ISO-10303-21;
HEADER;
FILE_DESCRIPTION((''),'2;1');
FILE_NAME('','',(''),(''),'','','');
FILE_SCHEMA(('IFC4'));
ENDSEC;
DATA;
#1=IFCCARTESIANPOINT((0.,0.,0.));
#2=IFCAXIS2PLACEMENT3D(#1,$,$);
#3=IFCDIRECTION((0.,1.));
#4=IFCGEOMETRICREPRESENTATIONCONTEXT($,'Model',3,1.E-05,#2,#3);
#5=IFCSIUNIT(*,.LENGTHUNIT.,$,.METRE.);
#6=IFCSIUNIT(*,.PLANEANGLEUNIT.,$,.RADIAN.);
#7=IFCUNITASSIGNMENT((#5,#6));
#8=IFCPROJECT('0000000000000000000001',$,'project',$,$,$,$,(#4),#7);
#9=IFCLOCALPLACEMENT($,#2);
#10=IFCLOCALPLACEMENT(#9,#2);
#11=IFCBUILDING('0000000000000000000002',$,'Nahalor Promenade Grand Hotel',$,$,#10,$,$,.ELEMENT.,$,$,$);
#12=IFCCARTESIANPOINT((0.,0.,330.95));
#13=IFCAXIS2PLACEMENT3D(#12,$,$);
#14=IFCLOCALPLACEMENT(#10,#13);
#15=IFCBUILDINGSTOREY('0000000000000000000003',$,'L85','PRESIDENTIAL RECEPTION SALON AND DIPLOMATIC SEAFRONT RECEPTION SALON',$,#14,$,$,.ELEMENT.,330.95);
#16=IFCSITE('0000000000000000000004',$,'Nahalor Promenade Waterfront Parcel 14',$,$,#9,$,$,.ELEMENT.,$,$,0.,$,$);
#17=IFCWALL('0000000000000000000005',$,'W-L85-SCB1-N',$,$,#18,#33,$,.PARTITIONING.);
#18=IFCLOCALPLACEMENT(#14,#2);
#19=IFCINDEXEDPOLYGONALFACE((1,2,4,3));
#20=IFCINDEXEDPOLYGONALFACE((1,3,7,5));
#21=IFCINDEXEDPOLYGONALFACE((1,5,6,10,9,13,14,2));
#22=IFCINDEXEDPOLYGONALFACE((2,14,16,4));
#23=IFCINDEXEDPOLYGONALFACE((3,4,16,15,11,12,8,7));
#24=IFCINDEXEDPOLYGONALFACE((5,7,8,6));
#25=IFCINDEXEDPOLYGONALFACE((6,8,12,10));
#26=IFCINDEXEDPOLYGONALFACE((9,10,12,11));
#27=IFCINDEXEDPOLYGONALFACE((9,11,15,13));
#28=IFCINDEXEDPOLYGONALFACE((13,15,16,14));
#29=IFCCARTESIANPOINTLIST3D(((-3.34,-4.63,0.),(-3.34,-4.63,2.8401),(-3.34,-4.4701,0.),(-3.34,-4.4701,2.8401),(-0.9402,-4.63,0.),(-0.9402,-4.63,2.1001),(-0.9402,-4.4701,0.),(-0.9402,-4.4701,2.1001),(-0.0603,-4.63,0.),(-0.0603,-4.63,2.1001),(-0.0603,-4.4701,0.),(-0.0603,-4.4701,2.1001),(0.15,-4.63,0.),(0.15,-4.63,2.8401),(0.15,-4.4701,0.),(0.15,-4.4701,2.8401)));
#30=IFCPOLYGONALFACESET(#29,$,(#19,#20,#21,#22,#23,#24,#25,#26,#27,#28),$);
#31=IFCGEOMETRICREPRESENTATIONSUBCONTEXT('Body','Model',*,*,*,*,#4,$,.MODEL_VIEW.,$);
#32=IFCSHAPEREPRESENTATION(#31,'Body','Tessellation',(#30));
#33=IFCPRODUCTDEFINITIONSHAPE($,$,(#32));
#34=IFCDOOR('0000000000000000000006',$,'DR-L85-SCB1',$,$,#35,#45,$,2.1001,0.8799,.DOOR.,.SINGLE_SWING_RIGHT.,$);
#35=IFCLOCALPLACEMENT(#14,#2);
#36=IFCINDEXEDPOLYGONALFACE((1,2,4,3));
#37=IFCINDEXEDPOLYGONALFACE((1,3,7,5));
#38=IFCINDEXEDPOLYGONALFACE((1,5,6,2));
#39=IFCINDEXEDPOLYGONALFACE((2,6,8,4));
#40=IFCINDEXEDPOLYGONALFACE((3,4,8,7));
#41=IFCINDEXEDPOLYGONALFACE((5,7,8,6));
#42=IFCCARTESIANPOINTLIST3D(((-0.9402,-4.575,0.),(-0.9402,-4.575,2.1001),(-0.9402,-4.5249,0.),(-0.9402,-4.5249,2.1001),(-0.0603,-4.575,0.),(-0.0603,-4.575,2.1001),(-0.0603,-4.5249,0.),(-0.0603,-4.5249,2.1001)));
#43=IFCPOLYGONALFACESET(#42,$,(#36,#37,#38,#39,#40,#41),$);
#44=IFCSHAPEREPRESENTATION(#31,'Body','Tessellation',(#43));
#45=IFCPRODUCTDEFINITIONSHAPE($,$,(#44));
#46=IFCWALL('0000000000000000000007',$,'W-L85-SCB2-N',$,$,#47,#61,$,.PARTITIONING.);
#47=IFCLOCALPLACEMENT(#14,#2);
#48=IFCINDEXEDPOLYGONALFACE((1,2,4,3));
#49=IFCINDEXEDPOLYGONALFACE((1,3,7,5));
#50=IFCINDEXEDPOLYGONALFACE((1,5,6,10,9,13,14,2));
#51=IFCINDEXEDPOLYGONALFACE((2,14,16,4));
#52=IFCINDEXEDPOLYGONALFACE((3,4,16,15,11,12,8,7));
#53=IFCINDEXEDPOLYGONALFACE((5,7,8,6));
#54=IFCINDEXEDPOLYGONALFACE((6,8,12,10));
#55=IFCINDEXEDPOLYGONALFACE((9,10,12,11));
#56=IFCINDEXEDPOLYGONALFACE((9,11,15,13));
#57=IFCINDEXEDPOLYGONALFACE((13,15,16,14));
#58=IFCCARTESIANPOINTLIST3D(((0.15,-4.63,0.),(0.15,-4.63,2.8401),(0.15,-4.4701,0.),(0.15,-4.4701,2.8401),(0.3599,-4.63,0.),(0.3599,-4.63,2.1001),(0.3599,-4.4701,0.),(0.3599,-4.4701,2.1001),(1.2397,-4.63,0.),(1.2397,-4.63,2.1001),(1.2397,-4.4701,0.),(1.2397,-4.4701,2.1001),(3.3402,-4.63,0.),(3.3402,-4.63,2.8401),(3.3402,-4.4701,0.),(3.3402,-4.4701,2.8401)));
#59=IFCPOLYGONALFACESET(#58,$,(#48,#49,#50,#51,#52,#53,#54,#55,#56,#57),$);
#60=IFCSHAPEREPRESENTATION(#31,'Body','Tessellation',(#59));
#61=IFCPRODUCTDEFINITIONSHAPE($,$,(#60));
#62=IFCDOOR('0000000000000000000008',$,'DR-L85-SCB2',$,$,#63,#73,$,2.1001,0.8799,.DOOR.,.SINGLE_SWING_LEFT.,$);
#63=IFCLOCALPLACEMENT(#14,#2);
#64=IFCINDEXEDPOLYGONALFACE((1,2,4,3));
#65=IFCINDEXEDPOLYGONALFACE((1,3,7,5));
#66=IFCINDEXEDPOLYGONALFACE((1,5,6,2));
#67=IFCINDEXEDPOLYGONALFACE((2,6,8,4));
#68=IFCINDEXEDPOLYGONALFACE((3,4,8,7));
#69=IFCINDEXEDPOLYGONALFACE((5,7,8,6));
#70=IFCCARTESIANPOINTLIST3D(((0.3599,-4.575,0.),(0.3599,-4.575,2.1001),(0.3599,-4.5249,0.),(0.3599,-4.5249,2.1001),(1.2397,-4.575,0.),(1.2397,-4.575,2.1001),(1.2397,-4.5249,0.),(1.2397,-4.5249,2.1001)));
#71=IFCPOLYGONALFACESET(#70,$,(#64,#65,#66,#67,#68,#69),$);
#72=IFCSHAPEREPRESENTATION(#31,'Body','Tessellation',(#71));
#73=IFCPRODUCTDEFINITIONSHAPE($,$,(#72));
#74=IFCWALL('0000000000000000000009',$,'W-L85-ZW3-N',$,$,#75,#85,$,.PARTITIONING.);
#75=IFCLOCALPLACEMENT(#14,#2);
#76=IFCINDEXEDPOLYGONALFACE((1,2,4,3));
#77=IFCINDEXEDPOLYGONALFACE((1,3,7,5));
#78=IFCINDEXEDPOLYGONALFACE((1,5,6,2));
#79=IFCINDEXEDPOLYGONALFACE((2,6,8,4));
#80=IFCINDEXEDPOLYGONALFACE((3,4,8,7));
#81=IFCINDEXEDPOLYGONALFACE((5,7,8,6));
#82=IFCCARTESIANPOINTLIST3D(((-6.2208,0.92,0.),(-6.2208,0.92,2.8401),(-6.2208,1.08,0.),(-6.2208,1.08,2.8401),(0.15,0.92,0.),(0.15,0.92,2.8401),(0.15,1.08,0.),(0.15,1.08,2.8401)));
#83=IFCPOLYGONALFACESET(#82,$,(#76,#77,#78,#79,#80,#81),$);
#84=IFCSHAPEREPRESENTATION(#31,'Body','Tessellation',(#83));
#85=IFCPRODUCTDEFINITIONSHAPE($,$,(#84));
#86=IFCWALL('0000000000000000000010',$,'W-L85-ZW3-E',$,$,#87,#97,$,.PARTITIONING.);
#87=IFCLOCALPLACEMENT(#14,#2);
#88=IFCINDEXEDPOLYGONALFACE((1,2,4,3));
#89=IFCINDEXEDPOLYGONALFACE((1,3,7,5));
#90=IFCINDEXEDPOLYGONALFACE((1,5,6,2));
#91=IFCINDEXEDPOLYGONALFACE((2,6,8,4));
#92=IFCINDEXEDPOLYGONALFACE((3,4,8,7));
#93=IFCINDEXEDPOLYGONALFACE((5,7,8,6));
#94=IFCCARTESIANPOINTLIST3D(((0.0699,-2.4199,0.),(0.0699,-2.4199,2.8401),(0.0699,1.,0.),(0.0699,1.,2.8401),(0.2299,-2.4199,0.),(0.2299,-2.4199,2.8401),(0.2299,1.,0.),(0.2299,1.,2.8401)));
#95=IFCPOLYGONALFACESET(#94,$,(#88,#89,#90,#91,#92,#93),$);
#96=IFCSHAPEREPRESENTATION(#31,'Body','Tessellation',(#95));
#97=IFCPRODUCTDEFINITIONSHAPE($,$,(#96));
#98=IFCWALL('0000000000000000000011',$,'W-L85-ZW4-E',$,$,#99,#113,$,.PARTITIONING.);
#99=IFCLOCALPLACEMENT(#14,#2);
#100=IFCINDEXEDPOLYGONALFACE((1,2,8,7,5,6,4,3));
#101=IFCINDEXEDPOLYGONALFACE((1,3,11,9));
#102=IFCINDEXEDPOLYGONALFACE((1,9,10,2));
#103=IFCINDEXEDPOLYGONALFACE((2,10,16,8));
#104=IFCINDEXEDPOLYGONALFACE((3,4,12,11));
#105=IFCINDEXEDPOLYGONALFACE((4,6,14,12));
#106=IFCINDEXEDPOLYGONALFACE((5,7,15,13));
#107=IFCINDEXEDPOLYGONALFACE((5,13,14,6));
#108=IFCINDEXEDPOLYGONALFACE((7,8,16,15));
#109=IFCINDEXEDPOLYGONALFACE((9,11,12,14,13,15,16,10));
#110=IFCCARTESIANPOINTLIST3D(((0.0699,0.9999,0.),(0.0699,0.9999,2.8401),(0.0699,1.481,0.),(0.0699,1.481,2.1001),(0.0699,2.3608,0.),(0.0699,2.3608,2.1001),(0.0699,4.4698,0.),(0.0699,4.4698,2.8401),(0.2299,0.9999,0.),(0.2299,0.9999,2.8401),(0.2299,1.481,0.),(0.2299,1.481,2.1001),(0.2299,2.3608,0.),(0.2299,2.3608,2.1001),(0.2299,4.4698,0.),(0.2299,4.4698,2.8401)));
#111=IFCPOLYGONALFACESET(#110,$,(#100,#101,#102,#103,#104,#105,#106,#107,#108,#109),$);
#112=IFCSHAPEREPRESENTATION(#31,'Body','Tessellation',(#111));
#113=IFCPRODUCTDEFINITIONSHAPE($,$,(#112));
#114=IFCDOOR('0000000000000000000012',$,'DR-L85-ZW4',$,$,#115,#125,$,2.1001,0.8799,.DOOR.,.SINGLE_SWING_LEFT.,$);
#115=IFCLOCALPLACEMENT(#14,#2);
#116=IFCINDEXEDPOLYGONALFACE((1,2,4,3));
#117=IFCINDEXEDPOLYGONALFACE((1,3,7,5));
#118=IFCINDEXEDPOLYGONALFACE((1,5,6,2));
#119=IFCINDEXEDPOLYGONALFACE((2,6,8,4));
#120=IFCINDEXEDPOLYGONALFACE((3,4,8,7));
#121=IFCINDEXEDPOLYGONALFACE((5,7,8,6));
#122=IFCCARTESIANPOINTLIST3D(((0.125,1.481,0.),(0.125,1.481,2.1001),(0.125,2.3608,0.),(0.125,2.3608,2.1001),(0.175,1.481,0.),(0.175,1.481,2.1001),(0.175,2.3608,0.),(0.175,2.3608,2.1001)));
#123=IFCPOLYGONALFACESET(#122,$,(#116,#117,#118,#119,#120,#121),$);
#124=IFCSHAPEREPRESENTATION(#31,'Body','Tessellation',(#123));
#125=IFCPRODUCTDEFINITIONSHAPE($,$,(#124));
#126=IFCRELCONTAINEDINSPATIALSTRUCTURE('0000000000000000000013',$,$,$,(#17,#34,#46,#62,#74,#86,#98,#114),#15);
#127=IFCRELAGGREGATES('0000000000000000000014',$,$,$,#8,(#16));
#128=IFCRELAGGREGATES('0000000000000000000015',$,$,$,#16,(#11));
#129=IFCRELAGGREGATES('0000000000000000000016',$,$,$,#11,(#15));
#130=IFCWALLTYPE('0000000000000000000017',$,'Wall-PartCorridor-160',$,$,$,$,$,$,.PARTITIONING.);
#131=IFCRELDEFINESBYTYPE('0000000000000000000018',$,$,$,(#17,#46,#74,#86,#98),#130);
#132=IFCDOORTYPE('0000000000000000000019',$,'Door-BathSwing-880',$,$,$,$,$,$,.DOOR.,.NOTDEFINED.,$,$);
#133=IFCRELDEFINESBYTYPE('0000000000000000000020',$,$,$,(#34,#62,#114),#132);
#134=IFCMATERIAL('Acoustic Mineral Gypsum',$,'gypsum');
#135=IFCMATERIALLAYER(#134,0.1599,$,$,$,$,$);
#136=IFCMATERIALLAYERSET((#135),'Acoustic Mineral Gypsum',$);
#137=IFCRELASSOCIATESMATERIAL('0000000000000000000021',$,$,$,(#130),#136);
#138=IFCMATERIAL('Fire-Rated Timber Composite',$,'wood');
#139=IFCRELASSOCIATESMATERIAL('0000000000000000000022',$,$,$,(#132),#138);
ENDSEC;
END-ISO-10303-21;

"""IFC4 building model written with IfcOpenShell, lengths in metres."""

from ifc_helpers import new_model, si_unit, direction, frame, frame_2d, origin, place, context, subcontext, project, spatial, rectangle, extrude, source, transform, mapped, material, layer, layer_set, type_object, element, fill, save


model = new_model("IFC4")

# Units and contexts
model_context = context("Model", 3, precision=1e-05, world=origin(), true_north=direction((0.0, 1.0)))
body_context = subcontext(model_context, "Body", "Model", "MODEL_VIEW")
ifc_project = project(units=[si_unit("LENGTHUNIT", "METRE"), si_unit("PLANEANGLEUNIT", "RADIAN")], contexts=[model_context])

# Site, building, storey
site_placement = place(None, origin())
site = spatial("IfcSite", under=ifc_project, at=site_placement, Name="Nahalor Promenade Waterfront Parcel 14", CompositionType="ELEMENT", RefElevation=0.0)
building_placement = place(site_placement, origin())
building = spatial("IfcBuilding", under=site, at=building_placement, Name="Nahalor Promenade Grand Hotel", CompositionType="ELEMENT")
storey_placement = place(building_placement, frame((0.0, 0.0, 330.95)))
storey = spatial("IfcBuildingStorey", under=building, at=storey_placement, Name="L85", Description="PRESIDENTIAL RECEPTION SALON AND DIPLOMATIC SEAFRONT RECEPTION SALON", CompositionType="ELEMENT", Elevation=330.95)

# Shared definitions
ifc_material_1 = material(Name="Acoustic Mineral Gypsum", Category="gypsum")

# Walls, openings, doors
ifc_layer_1 = layer(ifc_material_1, 0.1599)
ifc_layer_set_1 = layer_set([ifc_layer_1], Name="Acoustic Mineral Gypsum")
wall_type_1 = type_object("IfcWallType", Name="Wall-PartCorridor-160", PredefinedType="PARTITIONING", material=ifc_layer_set_1)
shared_shape_1 = source(origin(), body_context, "Body", "SweptSolid", [
    extrude(rectangle(XDim=3.49, YDim=0.1599, at=frame_2d((1.7451, 0.0))), origin(), (0.0, 0.0, 1.0), 2.8401),
])
wall_1_placement = place(storey_placement, frame((-3.3401, -4.55, 0.0), z_axis=(0.0, 0.0, 1.0), x_axis=(1.0, 0.0, 0.0)))
wall_1 = element("IfcWall", 1, at=wall_1_placement, inside=storey, type_object=wall_type_1, Name="W-L85-SCB1-N", PredefinedType="PARTITIONING", context=body_context, shape_type="MappedRepresentation", body=[
    mapped(shared_shape_1, transform((0.0, 0.0, 0.0), scale=1.0)),
])
opening_1_placement = place(wall_1_placement, frame((2.3999, 0.0, 0.0)))
opening_1 = element("IfcOpeningElement", 2, at=opening_1_placement, cuts=wall_1, PredefinedType="OPENING", context=body_context, shape_type="SweptSolid", body=[
    extrude(rectangle(XDim=0.8799, YDim=2.1001, at=frame_2d((0.4399, 1.05))), frame((0.0, 0.0898, 0.0), z_axis=(0.0, -1.0, 0.0), x_axis=(1.0, 0.0, 0.0)), (0.0, 0.0, 1.0), 0.1799),
])
ifc_material_2 = material(Name="Fire-Rated Timber Composite", Category="wood")
door_type = type_object("IfcDoorType", Name="Door-BathSwing-880", OperationType="NOTDEFINED", PredefinedType="DOOR", material=ifc_material_2)
shared_shape_2 = source(origin(), body_context, "Body", "SweptSolid", [
    extrude(rectangle(XDim=0.8799, YDim=2.1001, at=frame_2d((0.4399, 1.05))), frame((0.0, 0.0249, 0.0), z_axis=(0.0, -1.0, 0.0), x_axis=(1.0, 0.0, 0.0)), (0.0, 0.0, 1.0), 0.05),
])
door_1_placement = place(opening_1_placement, frame((0.8799, 0.0, 0.0), z_axis=(0.0, 0.0, 1.0), x_axis=(-1.0, 0.0, 0.0)))
door_1 = element("IfcDoor", 3, at=door_1_placement, inside=storey, type_object=door_type, Name="DR-L85-SCB1", OperationType="SINGLE_SWING_RIGHT", OverallHeight=2.1001, OverallWidth=0.8799, PredefinedType="DOOR", context=body_context, shape_type="MappedRepresentation", body=[
    mapped(shared_shape_2, transform((0.0, 0.0, 0.0), scale=1.0)),
])
fill(opening_1, door_1)
shared_shape_3 = source(origin(), body_context, "Body", "SweptSolid", [
    extrude(rectangle(XDim=3.1902, YDim=0.1599, at=frame_2d((1.5952, 0.0))), origin(), (0.0, 0.0, 1.0), 2.8401),
])
wall_2_placement = place(storey_placement, frame((0.1499, -4.55, 0.0), z_axis=(0.0, 0.0, 1.0), x_axis=(1.0, 0.0, 0.0)))
wall_2 = element("IfcWall", 4, at=wall_2_placement, inside=storey, type_object=wall_type_1, Name="W-L85-SCB2-N", PredefinedType="PARTITIONING", context=body_context, shape_type="MappedRepresentation", body=[
    mapped(shared_shape_3, transform((0.0, 0.0, 0.0), scale=1.0)),
])
opening_2_placement = place(wall_2_placement, frame((0.21, 0.0, 0.0)))
opening_2 = element("IfcOpeningElement", 5, at=opening_2_placement, cuts=wall_2, PredefinedType="OPENING", context=body_context, shape_type="SweptSolid", body=[
    extrude(rectangle(XDim=0.8799, YDim=2.1001, at=frame_2d((0.4399, 1.05))), frame((0.0, 0.0898, 0.0), z_axis=(0.0, -1.0, 0.0), x_axis=(1.0, 0.0, 0.0)), (0.0, 0.0, 1.0), 0.1799),
])
door_2_placement = place(opening_2_placement, frame((0.8799, 0.0, 0.0), z_axis=(0.0, 0.0, 1.0), x_axis=(-1.0, 0.0, 0.0)))
door_2 = element("IfcDoor", 6, at=door_2_placement, inside=storey, type_object=door_type, Name="DR-L85-SCB2", OperationType="SINGLE_SWING_LEFT", OverallHeight=2.1001, OverallWidth=0.8799, PredefinedType="DOOR", context=body_context, shape_type="MappedRepresentation", body=[
    mapped(shared_shape_2, transform((0.0, 0.0, 0.0), scale=1.0)),
])
fill(opening_2, door_2)

# Walls
shared_shape_4 = source(origin(), body_context, "Body", "SweptSolid", [
    extrude(rectangle(XDim=6.3708, YDim=0.1599, at=frame_2d((3.1855, 0.0))), origin(), (0.0, 0.0, 1.0), 2.8401),
])
wall_3_placement = place(storey_placement, frame((-6.2209, 1.0, 0.0), z_axis=(0.0, 0.0, 1.0), x_axis=(1.0, 0.0, 0.0)))
element("IfcWall", 7, at=wall_3_placement, inside=storey, type_object=wall_type_1, Name="W-L85-ZW3-N", PredefinedType="PARTITIONING", context=body_context, shape_type="MappedRepresentation", body=[
    mapped(shared_shape_4, transform((0.0, 0.0, 0.0), scale=1.0)),
])
shared_shape_5 = source(origin(), body_context, "Body", "SweptSolid", [
    extrude(rectangle(XDim=3.4199, YDim=0.1599, at=frame_2d((1.71, 0.0))), origin(), (0.0, 0.0, 1.0), 2.8401),
])
wall_4_placement = place(storey_placement, frame((0.1499, -2.4199, 0.0), z_axis=(0.0, 0.0, 1.0), x_axis=(0.0, 1.0, 0.0)))
element("IfcWall", 8, at=wall_4_placement, inside=storey, type_object=wall_type_1, Name="W-L85-ZW3-E", PredefinedType="PARTITIONING", context=body_context, shape_type="MappedRepresentation", body=[
    mapped(shared_shape_5, transform((0.0, 0.0, 0.0), scale=1.0)),
])

# Wall, opening, door
shared_shape_6 = source(origin(), body_context, "Body", "SweptSolid", [
    extrude(rectangle(XDim=3.47, YDim=0.1599, at=frame_2d((1.7349, 0.0))), origin(), (0.0, 0.0, 1.0), 2.8401),
])
wall_5_placement = place(storey_placement, frame((0.1499, 1.0, 0.0), z_axis=(0.0, 0.0, 1.0), x_axis=(0.0, 1.0, 0.0)))
wall_5 = element("IfcWall", 9, at=wall_5_placement, inside=storey, type_object=wall_type_1, Name="W-L85-ZW4-E", PredefinedType="PARTITIONING", context=body_context, shape_type="MappedRepresentation", body=[
    mapped(shared_shape_6, transform((0.0, 0.0, 0.0), scale=1.0)),
])
opening_3_placement = place(wall_5_placement, frame((0.481, 0.0, 0.0)))
opening_3 = element("IfcOpeningElement", 10, at=opening_3_placement, cuts=wall_5, PredefinedType="OPENING", context=body_context, shape_type="SweptSolid", body=[
    extrude(rectangle(XDim=0.8799, YDim=2.1001, at=frame_2d((0.4399, 1.05))), frame((0.0, 0.0898, 0.0), z_axis=(0.0, -1.0, 0.0), x_axis=(1.0, 0.0, 0.0)), (0.0, 0.0, 1.0), 0.1799),
])
door_3_placement = place(opening_3_placement, origin())
door_3 = element("IfcDoor", 11, at=door_3_placement, inside=storey, type_object=door_type, Name="DR-L85-ZW4", OperationType="SINGLE_SWING_LEFT", OverallHeight=2.1001, OverallWidth=0.8799, PredefinedType="DOOR", context=body_context, shape_type="MappedRepresentation", body=[
    mapped(shared_shape_2, transform((0.0, 0.0, 0.0), scale=1.0)),
])
fill(opening_3, door_3)

save(model, "model.ifc")
